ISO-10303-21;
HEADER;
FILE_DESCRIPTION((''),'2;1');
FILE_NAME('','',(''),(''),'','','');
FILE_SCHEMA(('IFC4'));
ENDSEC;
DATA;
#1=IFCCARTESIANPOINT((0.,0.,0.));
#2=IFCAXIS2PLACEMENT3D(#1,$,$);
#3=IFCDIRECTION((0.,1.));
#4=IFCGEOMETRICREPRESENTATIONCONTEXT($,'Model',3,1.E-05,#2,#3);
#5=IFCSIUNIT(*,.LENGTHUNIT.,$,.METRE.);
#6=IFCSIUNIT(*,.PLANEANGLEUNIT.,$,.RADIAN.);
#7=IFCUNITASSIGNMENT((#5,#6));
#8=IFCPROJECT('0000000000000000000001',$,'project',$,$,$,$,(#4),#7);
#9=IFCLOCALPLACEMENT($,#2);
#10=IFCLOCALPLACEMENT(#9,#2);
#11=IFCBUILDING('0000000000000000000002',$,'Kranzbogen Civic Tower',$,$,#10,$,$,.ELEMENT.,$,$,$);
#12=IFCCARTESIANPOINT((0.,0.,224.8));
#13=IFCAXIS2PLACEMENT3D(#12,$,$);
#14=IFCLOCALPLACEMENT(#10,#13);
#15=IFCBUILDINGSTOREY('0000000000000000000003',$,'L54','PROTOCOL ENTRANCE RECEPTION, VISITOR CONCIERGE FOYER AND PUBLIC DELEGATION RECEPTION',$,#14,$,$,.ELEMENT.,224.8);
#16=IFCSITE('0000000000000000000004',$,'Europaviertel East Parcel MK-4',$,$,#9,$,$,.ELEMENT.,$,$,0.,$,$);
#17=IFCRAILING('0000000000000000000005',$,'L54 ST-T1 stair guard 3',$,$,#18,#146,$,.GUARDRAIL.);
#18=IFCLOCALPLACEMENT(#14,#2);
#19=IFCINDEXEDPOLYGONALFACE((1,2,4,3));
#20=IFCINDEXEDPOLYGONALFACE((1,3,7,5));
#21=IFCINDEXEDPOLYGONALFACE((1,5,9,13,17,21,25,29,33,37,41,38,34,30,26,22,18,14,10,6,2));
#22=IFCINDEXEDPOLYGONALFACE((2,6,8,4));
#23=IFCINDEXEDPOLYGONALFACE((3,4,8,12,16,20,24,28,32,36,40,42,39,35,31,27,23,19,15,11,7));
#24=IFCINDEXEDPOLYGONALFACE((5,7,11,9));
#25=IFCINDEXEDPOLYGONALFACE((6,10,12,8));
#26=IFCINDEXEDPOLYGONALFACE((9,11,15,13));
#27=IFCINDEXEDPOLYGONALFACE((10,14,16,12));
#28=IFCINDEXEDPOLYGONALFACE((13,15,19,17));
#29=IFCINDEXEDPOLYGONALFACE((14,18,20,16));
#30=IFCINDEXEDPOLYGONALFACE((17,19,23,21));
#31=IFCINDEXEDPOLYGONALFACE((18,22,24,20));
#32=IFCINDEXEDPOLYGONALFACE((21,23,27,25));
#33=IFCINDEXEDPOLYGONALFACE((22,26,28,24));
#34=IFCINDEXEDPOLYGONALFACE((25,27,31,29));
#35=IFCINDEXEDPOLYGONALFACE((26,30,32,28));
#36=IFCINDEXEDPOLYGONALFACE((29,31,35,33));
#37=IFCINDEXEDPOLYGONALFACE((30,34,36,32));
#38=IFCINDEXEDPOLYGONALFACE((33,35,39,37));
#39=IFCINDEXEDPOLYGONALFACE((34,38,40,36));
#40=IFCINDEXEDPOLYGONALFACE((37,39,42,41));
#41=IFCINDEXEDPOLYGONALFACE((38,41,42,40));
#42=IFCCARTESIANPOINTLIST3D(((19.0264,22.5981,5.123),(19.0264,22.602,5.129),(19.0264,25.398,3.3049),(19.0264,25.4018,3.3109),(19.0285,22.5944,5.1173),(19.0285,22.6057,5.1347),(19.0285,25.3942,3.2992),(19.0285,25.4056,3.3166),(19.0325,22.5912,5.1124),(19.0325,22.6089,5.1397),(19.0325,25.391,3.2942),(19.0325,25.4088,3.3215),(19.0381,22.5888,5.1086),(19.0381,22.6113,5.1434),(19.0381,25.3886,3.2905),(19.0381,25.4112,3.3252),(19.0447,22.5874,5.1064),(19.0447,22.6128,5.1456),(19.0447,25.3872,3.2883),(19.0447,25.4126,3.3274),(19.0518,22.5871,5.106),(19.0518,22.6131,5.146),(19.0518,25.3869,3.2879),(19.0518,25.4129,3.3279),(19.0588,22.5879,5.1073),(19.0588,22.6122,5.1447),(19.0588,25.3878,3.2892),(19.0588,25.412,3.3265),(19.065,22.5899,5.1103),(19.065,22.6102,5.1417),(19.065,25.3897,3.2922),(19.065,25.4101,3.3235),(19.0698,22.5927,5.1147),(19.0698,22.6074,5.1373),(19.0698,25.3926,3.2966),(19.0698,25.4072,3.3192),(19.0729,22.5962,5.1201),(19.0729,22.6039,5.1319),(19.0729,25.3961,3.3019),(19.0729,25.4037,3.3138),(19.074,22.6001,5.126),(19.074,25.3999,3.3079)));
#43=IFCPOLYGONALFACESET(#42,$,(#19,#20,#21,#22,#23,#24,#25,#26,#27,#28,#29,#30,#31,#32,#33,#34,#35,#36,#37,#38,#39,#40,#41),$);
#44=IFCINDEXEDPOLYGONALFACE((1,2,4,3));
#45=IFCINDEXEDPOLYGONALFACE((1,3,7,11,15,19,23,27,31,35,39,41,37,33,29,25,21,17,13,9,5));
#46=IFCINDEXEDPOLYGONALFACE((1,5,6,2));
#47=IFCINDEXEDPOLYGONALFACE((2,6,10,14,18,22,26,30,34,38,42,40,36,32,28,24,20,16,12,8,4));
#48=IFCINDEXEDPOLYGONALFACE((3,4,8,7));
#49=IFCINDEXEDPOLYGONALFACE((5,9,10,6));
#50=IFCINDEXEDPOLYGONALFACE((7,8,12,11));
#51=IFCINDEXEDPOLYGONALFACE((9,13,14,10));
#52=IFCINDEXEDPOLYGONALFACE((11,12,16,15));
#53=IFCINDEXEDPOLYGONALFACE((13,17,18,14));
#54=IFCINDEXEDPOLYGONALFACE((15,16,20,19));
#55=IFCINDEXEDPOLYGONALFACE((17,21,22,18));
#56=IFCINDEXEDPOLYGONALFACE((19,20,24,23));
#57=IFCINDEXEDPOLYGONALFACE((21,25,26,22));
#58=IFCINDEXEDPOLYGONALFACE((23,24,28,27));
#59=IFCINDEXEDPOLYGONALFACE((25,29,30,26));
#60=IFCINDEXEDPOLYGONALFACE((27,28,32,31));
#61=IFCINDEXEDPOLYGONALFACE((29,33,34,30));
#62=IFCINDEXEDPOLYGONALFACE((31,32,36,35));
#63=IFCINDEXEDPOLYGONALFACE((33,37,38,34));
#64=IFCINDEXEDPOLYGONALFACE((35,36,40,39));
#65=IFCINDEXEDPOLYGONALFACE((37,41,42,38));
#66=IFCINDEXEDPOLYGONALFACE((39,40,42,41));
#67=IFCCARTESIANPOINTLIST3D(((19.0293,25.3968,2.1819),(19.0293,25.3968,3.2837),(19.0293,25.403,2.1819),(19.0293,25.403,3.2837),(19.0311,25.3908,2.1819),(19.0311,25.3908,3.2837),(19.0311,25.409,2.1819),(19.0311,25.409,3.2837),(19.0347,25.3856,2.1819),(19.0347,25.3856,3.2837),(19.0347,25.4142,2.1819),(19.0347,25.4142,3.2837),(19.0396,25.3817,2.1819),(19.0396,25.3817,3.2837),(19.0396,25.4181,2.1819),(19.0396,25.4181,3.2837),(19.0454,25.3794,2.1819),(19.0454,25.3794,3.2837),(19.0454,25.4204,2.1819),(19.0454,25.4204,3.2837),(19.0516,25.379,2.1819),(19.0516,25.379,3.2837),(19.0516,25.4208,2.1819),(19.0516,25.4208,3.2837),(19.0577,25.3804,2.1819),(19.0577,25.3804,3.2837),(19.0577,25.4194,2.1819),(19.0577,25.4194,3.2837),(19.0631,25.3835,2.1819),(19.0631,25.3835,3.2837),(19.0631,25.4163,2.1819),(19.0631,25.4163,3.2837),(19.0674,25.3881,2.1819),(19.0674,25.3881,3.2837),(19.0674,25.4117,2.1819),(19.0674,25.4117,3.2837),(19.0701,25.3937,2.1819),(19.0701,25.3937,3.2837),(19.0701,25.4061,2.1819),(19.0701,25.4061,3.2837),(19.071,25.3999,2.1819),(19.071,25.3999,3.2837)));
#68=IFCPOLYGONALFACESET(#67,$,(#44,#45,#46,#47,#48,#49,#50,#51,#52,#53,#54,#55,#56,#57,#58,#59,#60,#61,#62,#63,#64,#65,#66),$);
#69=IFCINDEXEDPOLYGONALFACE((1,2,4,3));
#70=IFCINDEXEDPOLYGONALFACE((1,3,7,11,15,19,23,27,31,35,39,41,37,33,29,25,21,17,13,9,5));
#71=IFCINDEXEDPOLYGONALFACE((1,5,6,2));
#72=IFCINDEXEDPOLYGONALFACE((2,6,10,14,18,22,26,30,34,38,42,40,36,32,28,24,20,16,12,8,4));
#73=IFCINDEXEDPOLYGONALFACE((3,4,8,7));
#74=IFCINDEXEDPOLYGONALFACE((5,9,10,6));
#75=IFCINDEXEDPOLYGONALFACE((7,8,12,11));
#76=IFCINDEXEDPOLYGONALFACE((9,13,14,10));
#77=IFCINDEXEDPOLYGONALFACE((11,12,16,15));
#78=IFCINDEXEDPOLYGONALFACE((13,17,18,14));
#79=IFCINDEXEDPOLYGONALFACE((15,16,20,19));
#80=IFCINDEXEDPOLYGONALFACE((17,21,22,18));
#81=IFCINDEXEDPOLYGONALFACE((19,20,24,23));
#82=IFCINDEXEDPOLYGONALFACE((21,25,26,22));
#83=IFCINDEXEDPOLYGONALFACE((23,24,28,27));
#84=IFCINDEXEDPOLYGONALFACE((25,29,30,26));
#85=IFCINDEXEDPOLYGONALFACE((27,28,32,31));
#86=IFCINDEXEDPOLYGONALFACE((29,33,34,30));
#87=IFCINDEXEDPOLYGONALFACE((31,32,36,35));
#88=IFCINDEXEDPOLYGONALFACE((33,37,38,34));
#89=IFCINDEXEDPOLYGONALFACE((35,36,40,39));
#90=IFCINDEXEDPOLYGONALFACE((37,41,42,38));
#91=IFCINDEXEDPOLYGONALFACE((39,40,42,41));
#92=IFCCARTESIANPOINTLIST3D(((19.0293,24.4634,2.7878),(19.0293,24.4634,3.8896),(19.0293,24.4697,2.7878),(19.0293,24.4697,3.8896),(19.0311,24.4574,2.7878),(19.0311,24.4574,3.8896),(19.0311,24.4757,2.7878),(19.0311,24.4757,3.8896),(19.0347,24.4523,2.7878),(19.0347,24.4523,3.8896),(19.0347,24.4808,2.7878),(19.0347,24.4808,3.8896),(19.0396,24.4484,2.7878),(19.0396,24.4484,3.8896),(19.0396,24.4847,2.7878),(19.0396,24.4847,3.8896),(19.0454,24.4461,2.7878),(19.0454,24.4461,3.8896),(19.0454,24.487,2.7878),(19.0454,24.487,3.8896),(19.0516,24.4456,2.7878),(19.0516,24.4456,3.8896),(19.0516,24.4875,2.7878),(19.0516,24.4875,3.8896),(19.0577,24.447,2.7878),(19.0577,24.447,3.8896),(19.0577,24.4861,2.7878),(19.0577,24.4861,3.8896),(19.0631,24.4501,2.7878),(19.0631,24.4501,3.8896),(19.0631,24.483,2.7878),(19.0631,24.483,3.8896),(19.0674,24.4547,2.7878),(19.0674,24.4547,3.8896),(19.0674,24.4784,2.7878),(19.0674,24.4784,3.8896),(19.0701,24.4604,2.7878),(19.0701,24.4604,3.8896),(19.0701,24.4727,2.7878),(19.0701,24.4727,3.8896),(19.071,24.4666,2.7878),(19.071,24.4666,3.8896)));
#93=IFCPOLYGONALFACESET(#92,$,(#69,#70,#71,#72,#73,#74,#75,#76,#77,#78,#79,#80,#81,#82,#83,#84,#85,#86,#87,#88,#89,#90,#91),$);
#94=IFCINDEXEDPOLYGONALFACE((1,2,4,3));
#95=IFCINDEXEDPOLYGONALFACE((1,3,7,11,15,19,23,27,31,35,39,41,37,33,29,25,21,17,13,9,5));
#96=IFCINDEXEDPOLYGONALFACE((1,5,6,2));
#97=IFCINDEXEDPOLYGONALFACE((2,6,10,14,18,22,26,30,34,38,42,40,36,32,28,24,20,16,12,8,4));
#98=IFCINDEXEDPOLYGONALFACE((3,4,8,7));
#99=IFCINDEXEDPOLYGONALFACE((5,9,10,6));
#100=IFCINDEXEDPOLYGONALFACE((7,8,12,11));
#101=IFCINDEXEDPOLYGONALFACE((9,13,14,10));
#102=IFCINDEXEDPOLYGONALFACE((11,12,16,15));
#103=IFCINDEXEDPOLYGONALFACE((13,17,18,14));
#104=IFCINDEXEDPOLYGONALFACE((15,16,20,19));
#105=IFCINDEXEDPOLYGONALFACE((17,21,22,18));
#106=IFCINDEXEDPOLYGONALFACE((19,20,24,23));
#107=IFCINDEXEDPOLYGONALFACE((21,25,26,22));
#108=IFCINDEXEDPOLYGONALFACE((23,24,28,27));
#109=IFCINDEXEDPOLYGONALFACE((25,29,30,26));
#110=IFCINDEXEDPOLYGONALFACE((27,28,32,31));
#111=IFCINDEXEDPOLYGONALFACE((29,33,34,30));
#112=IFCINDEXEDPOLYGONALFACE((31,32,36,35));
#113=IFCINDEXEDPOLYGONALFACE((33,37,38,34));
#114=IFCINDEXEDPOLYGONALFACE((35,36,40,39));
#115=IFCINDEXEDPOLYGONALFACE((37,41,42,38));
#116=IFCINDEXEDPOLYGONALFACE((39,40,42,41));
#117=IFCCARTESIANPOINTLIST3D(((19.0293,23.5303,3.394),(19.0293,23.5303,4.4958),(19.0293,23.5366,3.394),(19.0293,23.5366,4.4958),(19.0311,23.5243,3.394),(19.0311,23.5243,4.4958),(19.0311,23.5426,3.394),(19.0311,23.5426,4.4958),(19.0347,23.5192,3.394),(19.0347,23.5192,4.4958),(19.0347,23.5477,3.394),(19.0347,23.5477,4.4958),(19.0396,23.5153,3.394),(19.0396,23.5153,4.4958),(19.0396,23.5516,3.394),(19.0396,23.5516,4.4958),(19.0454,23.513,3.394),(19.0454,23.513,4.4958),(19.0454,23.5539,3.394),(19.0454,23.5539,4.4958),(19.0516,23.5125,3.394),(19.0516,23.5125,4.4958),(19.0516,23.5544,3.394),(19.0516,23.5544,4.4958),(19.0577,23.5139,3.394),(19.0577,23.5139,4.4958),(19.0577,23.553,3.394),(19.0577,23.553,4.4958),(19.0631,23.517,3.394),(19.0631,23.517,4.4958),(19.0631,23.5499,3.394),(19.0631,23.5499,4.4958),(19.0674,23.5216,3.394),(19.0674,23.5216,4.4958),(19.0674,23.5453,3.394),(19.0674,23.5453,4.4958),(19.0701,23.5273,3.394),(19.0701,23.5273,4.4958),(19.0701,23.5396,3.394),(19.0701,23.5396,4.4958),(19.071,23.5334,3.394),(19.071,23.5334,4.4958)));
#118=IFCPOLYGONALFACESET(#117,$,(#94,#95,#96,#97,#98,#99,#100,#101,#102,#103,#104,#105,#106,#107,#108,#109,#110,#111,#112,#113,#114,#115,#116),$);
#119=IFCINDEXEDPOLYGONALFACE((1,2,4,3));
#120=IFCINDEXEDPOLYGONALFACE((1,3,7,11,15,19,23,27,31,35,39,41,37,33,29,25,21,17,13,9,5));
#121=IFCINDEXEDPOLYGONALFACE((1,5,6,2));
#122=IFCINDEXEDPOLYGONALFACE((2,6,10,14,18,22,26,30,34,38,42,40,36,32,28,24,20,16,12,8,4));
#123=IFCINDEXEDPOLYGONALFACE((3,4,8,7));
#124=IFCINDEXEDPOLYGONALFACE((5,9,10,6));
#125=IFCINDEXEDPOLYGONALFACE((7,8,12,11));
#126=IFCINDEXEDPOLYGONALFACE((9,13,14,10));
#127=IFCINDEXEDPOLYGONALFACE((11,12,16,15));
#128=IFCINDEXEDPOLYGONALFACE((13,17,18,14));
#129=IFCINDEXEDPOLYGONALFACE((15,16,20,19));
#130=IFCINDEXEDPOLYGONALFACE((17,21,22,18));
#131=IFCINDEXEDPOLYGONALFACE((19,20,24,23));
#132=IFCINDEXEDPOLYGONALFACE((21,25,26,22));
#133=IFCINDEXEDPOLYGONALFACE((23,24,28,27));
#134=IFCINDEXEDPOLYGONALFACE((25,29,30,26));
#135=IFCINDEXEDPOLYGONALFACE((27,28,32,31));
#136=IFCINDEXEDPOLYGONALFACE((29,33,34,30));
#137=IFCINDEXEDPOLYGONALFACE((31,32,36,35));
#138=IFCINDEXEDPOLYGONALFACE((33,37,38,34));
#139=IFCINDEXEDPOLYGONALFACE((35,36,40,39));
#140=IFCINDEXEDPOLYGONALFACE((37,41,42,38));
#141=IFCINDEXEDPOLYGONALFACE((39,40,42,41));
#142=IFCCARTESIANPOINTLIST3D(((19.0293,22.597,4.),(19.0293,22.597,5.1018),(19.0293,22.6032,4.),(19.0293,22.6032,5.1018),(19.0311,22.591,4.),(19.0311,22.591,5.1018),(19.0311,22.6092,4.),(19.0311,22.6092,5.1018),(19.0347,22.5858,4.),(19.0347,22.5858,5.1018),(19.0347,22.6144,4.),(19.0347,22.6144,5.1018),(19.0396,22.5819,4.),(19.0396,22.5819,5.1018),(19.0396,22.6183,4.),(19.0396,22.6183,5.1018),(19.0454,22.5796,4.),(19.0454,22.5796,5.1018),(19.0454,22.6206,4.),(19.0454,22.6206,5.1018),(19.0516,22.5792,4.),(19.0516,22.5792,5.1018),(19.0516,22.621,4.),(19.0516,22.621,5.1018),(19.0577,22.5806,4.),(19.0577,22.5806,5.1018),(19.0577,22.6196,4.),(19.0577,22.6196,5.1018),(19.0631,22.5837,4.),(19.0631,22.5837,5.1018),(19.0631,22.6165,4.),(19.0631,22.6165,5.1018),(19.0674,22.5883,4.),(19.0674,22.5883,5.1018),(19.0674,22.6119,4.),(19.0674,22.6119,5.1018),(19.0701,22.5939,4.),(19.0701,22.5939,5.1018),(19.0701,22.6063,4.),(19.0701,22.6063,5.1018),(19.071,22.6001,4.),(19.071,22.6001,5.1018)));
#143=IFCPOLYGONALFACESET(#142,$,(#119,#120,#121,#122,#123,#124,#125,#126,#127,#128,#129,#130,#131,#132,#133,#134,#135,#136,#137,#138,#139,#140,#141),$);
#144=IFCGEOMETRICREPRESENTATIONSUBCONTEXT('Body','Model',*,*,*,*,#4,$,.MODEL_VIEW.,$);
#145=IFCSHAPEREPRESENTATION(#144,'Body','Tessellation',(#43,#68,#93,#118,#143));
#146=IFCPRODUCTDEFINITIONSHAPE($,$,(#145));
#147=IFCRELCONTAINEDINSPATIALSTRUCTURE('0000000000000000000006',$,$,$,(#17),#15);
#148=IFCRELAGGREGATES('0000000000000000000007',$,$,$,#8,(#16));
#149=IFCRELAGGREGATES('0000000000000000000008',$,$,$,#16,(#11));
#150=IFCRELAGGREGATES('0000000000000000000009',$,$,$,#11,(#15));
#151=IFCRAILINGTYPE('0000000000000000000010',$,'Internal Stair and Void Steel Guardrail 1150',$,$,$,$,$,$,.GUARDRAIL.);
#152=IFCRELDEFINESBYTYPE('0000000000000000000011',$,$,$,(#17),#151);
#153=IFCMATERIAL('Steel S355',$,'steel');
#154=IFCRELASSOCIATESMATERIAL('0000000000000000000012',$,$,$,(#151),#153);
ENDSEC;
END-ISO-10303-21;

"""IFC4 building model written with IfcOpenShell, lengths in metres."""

from ifc_helpers import new_model, si_unit, direction, frame, origin, origin_2d, place, context, subcontext, project, spatial, circle, extrude, material, type_object, element, save


model = new_model("IFC4")

# Units and contexts
model_context = context("Model", 3, precision=1e-05, world=origin(), true_north=direction((0.0, 1.0)))
body_context = subcontext(model_context, "Body", "Model", "MODEL_VIEW")
ifc_project = project(units=[si_unit("LENGTHUNIT", "METRE"), si_unit("PLANEANGLEUNIT", "RADIAN")], contexts=[model_context])

# Site, building, storey
site_placement = place(None, origin())
site = spatial("IfcSite", under=ifc_project, at=site_placement, Name="Europaviertel East Parcel MK-4", CompositionType="ELEMENT", RefElevation=0.0)
building_placement = place(site_placement, origin())
building = spatial("IfcBuilding", under=site, at=building_placement, Name="Kranzbogen Civic Tower", CompositionType="ELEMENT")
storey_placement = place(building_placement, frame((0.0, 0.0, 224.8)))
storey = spatial("IfcBuildingStorey", under=building, at=storey_placement, Name="L54", Description="PROTOCOL ENTRANCE RECEPTION, VISITOR CONCIERGE FOYER AND PUBLIC DELEGATION RECEPTION", CompositionType="ELEMENT", Elevation=224.8)

# Shared definitions
ifc_material_1 = material(Name="Steel S355", Category="steel")

# Railing
railing_type_1 = type_object("IfcRailingType", Name="Internal Stair and Void Steel Guardrail 1150", PredefinedType="GUARDRAIL", material=ifc_material_1)
railing_1_placement = place(storey_placement, frame((19.05, 25.3999, 2.1819)))
element("IfcRailing", 1, at=railing_1_placement, inside=storey, type_object=railing_type_1, Name="L54 ST-T1 stair guard 3", PredefinedType="GUARDRAIL", context=body_context, shape_type="SweptSolid", body=[
    extrude(circle(Radius=0.0239, at=origin_2d()), frame((0.0, 0.0, 1.126), z_axis=(0.0, -0.838684, 0.544618), x_axis=(1.0, 0.0, 0.0)), (0.0, 0.0, 1.0), 3.3384),
    extrude(circle(Radius=0.021, at=origin_2d()), origin(), (0.0, 0.0, 1.0), 1.1018),
    extrude(circle(Radius=0.021, at=origin_2d()), frame((0.0, -0.9333, 0.606)), (0.0, 0.0, 1.0), 1.1018),
    extrude(circle(Radius=0.021, at=origin_2d()), frame((0.0, -1.8665, 1.2122)), (0.0, 0.0, 1.0), 1.1018),
    extrude(circle(Radius=0.021, at=origin_2d()), frame((0.0, -2.7998, 1.8181)), (0.0, 0.0, 1.0), 1.1018),
])

save(model, "model.ifc")
